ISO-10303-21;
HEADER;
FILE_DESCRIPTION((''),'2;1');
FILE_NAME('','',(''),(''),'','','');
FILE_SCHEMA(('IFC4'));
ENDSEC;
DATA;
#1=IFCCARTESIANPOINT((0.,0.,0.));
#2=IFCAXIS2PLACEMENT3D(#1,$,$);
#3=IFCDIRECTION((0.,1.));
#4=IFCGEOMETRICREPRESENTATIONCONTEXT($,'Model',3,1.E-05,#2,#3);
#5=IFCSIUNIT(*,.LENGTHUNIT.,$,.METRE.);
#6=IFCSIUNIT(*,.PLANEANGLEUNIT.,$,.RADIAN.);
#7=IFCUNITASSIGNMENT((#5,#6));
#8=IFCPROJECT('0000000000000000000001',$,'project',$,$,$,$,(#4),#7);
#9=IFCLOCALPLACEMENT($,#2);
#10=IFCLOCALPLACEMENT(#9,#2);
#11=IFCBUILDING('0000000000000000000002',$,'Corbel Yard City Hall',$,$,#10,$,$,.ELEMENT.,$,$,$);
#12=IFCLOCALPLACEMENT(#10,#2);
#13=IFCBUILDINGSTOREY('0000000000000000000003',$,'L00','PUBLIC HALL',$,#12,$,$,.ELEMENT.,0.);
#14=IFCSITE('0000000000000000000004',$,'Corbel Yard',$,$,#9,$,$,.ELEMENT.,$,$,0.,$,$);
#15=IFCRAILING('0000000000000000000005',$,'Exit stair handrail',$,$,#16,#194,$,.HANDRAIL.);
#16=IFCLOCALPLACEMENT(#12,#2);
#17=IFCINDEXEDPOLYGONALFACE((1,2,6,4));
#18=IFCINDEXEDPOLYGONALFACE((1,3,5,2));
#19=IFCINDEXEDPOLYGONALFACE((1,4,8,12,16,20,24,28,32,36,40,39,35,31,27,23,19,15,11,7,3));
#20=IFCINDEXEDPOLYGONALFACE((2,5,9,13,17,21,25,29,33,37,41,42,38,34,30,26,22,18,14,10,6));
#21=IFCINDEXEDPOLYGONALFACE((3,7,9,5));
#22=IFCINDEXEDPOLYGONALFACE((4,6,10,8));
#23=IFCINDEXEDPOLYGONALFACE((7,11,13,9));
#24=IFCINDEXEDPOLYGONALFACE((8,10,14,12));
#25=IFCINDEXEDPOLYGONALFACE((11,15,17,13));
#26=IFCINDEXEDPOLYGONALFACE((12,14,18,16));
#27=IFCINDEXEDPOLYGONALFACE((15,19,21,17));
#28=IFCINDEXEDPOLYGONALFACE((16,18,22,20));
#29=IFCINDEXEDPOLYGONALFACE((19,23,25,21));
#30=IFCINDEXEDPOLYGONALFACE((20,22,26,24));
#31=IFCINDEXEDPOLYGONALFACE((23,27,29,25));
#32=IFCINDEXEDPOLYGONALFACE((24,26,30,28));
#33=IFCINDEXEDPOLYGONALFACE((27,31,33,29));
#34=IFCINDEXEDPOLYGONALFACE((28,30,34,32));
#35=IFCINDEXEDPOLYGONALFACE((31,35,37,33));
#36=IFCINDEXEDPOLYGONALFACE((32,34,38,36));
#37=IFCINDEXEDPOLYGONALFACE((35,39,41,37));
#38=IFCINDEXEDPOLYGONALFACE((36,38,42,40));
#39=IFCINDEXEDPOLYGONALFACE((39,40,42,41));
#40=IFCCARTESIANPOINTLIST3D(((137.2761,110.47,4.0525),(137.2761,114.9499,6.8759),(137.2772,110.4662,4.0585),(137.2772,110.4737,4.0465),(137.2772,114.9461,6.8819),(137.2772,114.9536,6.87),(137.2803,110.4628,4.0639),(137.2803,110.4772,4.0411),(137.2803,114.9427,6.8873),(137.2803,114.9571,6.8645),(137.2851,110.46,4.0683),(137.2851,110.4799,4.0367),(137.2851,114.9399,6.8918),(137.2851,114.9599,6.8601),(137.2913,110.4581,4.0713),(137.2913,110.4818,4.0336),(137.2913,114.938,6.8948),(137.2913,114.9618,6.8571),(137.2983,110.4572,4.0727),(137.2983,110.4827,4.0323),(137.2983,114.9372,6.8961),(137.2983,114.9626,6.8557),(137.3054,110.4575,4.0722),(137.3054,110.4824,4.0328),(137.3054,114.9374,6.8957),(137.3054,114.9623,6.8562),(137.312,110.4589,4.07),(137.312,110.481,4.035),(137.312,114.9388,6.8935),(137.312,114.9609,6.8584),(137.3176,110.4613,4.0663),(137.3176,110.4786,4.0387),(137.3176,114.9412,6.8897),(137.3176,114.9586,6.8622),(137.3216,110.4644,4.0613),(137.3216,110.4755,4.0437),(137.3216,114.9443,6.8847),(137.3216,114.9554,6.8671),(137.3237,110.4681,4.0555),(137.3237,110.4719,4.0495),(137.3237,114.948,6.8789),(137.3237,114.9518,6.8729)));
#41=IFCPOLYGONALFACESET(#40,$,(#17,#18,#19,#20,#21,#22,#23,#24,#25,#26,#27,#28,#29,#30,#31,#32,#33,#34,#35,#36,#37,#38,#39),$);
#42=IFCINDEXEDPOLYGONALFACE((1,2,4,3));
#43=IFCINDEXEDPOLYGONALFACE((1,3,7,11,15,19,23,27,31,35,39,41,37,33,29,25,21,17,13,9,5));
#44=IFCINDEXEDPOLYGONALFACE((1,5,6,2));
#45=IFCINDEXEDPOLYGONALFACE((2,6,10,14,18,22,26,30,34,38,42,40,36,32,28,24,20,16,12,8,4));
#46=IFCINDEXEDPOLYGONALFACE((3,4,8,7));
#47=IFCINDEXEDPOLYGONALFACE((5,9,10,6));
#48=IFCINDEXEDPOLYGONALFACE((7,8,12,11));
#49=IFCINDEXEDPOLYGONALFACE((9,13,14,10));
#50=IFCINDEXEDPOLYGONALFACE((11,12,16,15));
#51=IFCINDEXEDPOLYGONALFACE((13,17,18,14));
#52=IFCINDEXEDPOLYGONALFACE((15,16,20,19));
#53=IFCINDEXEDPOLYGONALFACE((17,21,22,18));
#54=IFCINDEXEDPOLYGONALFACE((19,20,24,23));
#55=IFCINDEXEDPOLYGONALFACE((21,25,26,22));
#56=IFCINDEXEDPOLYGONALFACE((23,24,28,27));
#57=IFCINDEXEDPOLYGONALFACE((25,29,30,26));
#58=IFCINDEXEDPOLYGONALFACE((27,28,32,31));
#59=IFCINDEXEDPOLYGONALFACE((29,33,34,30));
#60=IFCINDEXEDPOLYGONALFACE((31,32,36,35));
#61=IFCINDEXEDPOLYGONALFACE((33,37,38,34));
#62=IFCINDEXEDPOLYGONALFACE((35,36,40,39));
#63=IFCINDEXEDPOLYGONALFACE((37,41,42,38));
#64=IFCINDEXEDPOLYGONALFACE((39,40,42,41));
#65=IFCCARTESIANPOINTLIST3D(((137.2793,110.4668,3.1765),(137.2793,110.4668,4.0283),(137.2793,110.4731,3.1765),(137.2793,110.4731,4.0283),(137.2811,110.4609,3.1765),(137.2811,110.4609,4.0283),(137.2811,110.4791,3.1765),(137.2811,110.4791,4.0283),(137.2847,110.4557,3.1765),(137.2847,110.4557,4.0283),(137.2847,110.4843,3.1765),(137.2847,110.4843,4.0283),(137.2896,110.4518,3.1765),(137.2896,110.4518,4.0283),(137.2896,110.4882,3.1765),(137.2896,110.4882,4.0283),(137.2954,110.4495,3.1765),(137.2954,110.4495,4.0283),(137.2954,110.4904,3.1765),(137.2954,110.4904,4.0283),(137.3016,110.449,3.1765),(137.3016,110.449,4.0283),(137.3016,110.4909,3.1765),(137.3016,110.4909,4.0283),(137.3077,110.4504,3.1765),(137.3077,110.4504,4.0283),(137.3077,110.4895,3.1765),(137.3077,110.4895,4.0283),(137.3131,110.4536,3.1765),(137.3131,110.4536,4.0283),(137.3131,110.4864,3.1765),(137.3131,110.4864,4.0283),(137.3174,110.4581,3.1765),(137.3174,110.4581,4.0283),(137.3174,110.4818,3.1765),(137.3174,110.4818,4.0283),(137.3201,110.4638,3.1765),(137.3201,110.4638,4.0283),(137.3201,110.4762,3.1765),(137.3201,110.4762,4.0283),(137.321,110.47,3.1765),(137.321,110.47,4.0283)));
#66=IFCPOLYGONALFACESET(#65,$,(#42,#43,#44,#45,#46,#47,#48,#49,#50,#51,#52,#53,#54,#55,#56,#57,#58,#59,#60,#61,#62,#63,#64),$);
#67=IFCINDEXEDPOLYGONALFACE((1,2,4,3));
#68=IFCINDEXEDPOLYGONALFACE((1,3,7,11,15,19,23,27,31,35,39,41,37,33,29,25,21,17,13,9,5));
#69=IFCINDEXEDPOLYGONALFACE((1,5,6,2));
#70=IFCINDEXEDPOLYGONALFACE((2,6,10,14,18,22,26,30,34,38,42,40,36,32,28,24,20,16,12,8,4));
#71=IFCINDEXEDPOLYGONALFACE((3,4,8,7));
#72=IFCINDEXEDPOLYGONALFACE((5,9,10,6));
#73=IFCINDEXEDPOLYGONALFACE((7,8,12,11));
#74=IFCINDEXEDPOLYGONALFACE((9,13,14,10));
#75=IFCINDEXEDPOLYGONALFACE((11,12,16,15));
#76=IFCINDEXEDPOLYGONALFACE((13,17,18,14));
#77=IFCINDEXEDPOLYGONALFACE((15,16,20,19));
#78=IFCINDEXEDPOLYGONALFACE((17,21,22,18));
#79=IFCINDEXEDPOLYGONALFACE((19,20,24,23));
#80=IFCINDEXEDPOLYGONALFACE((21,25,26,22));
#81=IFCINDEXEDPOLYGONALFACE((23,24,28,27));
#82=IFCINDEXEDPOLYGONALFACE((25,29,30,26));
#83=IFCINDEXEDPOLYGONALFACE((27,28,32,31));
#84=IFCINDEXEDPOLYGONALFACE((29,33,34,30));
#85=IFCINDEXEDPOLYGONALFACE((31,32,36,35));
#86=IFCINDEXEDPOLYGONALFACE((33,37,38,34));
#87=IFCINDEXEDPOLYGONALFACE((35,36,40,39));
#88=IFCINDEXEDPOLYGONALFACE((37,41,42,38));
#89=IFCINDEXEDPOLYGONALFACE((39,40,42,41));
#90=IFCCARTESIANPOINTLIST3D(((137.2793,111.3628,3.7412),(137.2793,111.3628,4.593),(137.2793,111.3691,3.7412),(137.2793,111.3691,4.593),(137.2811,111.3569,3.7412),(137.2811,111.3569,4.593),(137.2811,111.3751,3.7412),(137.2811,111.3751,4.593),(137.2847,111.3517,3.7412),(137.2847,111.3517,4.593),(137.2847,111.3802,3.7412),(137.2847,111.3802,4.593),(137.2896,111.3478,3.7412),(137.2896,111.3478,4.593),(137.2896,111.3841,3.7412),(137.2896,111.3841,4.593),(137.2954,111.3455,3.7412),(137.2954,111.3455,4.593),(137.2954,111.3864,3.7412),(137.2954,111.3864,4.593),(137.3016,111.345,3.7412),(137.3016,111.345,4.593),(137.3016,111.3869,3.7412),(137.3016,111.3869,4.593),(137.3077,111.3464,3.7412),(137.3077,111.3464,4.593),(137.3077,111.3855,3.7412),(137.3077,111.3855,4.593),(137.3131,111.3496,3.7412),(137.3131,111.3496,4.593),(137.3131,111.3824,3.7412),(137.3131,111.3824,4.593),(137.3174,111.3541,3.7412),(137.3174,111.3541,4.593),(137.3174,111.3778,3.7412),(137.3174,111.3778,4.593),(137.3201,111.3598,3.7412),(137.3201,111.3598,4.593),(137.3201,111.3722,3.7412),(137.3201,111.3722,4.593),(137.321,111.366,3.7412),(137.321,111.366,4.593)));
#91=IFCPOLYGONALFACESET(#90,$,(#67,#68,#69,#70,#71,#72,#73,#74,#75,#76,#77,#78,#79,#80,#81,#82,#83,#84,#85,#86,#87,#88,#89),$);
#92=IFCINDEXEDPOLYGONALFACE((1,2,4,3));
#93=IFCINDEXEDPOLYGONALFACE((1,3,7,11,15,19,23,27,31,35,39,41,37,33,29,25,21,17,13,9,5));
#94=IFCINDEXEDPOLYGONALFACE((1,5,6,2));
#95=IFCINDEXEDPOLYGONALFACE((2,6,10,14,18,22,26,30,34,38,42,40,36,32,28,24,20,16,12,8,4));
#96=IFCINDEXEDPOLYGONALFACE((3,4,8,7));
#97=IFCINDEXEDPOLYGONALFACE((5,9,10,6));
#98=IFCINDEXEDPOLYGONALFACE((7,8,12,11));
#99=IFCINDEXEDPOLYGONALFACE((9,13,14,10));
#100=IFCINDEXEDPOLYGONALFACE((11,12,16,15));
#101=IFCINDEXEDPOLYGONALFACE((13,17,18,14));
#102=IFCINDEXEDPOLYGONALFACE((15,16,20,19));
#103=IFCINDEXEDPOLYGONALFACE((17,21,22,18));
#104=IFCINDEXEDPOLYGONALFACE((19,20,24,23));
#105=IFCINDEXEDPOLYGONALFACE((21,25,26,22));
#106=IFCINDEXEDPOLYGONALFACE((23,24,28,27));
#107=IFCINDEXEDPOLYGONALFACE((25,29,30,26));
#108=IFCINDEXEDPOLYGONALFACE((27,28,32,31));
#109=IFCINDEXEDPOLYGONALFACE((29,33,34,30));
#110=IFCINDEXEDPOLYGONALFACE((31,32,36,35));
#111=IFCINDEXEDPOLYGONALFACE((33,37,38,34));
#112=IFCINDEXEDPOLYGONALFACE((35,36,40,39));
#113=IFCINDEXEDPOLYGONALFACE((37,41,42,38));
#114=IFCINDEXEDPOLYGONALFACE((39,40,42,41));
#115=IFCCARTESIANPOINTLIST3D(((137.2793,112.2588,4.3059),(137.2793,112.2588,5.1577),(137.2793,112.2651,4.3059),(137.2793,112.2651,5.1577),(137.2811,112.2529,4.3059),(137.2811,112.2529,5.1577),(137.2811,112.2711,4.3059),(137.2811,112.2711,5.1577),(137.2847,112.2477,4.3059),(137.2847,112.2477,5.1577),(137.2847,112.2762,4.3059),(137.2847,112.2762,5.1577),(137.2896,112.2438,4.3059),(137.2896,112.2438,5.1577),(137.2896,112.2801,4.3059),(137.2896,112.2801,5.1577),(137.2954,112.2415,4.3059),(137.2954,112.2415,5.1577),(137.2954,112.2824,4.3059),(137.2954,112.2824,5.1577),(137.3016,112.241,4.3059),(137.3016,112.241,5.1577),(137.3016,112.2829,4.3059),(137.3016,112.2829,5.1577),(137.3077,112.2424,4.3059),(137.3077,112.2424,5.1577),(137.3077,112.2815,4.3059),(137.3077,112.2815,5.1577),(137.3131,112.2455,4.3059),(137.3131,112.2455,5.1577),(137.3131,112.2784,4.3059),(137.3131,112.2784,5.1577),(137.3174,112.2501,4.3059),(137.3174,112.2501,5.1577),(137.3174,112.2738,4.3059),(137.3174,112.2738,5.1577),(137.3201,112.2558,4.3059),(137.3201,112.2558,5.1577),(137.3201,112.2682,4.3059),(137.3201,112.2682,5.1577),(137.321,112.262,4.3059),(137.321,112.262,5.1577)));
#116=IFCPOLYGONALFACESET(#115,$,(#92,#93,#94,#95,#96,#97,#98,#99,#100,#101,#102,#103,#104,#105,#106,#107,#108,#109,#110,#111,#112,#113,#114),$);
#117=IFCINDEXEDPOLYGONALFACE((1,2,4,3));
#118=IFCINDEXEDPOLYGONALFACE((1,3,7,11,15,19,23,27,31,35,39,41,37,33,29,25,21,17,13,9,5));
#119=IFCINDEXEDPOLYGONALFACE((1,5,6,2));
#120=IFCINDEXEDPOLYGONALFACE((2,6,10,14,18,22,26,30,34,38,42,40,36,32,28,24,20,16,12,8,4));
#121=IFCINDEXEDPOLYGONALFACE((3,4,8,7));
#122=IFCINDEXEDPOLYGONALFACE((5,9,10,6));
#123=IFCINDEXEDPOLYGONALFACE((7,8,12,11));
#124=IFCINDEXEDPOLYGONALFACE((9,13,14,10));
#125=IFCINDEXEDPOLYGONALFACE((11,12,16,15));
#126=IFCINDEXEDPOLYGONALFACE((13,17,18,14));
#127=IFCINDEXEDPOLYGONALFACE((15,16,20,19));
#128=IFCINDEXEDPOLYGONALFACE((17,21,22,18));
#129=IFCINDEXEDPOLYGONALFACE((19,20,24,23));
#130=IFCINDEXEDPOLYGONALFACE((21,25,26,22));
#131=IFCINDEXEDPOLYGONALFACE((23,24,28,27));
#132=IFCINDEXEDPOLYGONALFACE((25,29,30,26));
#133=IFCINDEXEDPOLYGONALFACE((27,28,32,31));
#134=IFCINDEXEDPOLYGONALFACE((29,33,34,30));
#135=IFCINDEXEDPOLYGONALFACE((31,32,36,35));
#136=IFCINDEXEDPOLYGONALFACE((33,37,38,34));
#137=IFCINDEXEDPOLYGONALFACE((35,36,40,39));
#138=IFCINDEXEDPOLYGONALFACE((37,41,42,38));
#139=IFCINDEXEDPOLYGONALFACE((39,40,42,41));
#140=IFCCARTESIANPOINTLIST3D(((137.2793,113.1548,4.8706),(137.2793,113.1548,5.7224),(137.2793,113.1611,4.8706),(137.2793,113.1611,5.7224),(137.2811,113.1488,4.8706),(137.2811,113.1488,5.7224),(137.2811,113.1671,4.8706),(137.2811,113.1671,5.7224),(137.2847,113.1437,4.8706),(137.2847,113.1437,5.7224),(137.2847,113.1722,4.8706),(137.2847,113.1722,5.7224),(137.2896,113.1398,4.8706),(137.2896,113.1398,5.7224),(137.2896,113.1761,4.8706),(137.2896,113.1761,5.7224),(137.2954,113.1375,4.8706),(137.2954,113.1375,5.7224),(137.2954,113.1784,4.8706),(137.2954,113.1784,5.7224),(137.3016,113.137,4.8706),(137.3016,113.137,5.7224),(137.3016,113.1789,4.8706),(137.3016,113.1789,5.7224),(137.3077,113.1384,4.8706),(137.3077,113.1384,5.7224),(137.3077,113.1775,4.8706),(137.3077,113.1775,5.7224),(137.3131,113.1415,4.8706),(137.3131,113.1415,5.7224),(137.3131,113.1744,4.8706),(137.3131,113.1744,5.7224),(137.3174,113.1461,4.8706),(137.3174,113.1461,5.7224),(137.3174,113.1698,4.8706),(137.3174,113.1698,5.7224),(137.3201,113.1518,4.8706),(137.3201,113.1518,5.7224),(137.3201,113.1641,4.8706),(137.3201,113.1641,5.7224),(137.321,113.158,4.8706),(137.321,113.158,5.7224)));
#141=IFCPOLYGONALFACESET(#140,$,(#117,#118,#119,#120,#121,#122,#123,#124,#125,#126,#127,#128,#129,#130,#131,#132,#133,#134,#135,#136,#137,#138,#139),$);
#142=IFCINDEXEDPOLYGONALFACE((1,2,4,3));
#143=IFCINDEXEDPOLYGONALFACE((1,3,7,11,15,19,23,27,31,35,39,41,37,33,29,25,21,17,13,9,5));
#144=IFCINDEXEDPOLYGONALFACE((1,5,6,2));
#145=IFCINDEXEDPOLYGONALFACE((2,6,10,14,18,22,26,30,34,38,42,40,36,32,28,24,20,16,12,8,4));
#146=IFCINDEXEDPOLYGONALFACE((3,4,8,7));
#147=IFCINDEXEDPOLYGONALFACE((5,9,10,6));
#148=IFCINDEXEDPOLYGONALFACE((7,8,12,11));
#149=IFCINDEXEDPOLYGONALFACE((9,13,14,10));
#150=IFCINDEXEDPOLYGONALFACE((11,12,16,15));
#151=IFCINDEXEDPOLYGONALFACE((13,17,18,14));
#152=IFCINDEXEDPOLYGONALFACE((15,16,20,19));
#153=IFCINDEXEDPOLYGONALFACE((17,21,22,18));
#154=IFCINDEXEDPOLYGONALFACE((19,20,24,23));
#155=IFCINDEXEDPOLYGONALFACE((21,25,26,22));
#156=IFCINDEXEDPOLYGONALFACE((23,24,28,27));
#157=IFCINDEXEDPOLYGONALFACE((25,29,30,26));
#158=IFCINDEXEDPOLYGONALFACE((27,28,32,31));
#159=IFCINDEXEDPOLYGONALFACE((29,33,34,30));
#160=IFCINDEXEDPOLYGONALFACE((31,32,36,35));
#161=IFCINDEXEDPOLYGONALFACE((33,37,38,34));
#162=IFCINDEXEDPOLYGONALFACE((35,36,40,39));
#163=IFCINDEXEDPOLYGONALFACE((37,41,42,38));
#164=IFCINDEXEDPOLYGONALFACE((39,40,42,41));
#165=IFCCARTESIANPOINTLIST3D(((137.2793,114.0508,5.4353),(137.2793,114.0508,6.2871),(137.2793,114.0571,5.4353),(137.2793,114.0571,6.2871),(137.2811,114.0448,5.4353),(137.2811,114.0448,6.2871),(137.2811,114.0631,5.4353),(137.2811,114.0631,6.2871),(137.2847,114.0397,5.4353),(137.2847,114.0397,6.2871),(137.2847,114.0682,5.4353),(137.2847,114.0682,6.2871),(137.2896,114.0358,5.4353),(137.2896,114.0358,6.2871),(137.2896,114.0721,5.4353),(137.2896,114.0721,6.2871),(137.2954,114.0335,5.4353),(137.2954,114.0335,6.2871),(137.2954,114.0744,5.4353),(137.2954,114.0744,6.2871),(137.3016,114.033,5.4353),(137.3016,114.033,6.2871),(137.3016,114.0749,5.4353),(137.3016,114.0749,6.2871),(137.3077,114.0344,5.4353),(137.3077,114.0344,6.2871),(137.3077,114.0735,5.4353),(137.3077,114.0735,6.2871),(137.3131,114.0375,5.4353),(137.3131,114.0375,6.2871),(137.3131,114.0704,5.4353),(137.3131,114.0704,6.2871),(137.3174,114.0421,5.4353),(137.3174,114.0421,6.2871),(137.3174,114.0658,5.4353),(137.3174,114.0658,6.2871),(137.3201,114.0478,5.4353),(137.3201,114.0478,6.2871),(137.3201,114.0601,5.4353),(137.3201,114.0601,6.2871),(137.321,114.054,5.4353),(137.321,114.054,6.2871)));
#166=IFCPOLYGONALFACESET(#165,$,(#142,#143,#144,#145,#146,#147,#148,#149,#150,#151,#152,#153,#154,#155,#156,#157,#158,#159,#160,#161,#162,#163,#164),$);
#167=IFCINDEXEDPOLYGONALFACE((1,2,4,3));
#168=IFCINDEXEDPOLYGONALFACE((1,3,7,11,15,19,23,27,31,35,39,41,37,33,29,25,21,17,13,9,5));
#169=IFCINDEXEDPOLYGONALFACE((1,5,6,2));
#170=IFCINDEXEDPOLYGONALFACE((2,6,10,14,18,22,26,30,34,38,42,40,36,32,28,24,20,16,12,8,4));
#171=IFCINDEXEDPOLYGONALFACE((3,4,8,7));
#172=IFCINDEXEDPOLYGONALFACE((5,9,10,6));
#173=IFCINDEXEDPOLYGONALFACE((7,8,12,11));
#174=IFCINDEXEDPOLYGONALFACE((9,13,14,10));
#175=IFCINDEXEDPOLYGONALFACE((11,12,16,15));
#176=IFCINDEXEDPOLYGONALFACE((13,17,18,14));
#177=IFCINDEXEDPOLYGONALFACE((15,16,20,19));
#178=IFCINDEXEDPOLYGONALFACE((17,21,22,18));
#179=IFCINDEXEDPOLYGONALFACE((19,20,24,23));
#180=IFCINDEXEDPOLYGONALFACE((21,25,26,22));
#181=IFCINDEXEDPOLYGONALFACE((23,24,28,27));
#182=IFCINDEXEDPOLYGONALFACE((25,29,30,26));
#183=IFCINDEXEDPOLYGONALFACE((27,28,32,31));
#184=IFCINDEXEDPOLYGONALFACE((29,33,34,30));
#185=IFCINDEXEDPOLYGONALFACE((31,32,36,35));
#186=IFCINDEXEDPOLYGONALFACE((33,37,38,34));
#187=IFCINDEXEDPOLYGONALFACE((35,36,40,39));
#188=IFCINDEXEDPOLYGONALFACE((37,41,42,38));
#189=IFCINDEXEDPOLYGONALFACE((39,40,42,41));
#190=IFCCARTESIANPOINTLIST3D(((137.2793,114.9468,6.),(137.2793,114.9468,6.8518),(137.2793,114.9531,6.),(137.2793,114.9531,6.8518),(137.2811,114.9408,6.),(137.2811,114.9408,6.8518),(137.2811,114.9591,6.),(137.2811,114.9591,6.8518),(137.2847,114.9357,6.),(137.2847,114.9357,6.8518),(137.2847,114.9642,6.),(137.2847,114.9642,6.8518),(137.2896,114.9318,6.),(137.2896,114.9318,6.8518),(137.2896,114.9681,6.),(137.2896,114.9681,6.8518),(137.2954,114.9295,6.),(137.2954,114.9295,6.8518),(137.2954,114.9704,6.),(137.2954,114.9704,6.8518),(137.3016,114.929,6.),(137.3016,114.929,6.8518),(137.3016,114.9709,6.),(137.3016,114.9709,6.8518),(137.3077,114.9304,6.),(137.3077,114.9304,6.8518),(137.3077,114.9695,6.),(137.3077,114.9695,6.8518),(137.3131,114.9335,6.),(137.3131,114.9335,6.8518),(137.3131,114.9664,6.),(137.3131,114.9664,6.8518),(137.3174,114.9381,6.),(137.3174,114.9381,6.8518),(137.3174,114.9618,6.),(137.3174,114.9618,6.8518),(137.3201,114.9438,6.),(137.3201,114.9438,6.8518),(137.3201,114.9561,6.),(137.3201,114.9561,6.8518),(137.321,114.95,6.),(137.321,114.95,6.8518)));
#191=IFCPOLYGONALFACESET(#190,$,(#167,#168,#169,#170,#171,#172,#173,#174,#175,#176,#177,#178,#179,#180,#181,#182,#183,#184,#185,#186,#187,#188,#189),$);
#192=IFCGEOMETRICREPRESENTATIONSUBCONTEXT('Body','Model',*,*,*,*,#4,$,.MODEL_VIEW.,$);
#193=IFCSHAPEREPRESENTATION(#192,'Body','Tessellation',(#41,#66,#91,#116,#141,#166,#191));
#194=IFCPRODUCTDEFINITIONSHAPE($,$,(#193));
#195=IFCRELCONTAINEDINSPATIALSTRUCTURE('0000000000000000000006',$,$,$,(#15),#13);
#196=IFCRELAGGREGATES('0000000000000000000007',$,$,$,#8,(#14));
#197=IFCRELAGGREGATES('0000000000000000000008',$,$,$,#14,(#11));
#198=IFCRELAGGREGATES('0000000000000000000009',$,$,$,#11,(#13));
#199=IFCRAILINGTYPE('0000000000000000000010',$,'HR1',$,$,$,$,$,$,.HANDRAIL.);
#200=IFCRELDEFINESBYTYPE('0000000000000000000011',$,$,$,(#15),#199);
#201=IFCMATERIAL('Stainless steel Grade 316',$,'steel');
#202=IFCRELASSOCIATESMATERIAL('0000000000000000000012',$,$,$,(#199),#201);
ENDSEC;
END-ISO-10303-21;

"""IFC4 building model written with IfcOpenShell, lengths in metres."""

from ifc_helpers import new_model, si_unit, direction, frame, origin, origin_2d, place, context, subcontext, project, spatial, circle, extrude, material, type_object, element, save


model = new_model("IFC4")

# Units and contexts
model_context = context("Model", 3, precision=1e-05, world=origin(), true_north=direction((0.0, 1.0)))
body_context = subcontext(model_context, "Body", "Model", "MODEL_VIEW")
ifc_project = project(units=[si_unit("LENGTHUNIT", "METRE"), si_unit("PLANEANGLEUNIT", "RADIAN")], contexts=[model_context])

# Site, building, storey
site_placement = place(None, origin())
site = spatial("IfcSite", under=ifc_project, at=site_placement, Name="Corbel Yard", CompositionType="ELEMENT", RefElevation=0.0)
building_placement = place(site_placement, origin())
building = spatial("IfcBuilding", under=site, at=building_placement, Name="Corbel Yard City Hall", CompositionType="ELEMENT")
storey_placement = place(building_placement, origin())
storey = spatial("IfcBuildingStorey", under=building, at=storey_placement, Name="L00", Description="PUBLIC HALL", CompositionType="ELEMENT", Elevation=0.0)

# Railing
ifc_material_1 = material(Name="Stainless steel Grade 316", Category="steel")
railing_type = type_object("IfcRailingType", Name="HR1", PredefinedType="HANDRAIL", material=ifc_material_1)
railing_1_placement = place(storey_placement, frame((137.3, 110.47, 3.1765)))
element("IfcRailing", 1, at=railing_1_placement, inside=storey, type_object=railing_type, Name="Exit stair handrail", PredefinedType="HANDRAIL", context=body_context, shape_type="SweptSolid", body=[
    extrude(circle(Radius=0.0239, at=origin_2d()), frame((0.0, 0.0, 0.876), z_axis=(0.0, 0.845998, 0.533186), x_axis=(-1.0, 0.0, 0.0)), (0.0, 0.0, 1.0), 5.2954),
    extrude(circle(Radius=0.021, at=origin_2d()), origin(), (0.0, 0.0, 1.0), 0.8518),
    extrude(circle(Radius=0.021, at=origin_2d()), frame((0.0, 0.896, 0.5647)), (0.0, 0.0, 1.0), 0.8518),
    extrude(circle(Radius=0.021, at=origin_2d()), frame((0.0, 1.792, 1.1294)), (0.0, 0.0, 1.0), 0.8518),
    extrude(circle(Radius=0.021, at=origin_2d()), frame((0.0, 2.688, 1.6941)), (0.0, 0.0, 1.0), 0.8518),
    extrude(circle(Radius=0.021, at=origin_2d()), frame((0.0, 3.584, 2.2588)), (0.0, 0.0, 1.0), 0.8518),
    extrude(circle(Radius=0.021, at=origin_2d()), frame((0.0, 4.48, 2.8235)), (0.0, 0.0, 1.0), 0.8518),
])

save(model, "model.ifc")
